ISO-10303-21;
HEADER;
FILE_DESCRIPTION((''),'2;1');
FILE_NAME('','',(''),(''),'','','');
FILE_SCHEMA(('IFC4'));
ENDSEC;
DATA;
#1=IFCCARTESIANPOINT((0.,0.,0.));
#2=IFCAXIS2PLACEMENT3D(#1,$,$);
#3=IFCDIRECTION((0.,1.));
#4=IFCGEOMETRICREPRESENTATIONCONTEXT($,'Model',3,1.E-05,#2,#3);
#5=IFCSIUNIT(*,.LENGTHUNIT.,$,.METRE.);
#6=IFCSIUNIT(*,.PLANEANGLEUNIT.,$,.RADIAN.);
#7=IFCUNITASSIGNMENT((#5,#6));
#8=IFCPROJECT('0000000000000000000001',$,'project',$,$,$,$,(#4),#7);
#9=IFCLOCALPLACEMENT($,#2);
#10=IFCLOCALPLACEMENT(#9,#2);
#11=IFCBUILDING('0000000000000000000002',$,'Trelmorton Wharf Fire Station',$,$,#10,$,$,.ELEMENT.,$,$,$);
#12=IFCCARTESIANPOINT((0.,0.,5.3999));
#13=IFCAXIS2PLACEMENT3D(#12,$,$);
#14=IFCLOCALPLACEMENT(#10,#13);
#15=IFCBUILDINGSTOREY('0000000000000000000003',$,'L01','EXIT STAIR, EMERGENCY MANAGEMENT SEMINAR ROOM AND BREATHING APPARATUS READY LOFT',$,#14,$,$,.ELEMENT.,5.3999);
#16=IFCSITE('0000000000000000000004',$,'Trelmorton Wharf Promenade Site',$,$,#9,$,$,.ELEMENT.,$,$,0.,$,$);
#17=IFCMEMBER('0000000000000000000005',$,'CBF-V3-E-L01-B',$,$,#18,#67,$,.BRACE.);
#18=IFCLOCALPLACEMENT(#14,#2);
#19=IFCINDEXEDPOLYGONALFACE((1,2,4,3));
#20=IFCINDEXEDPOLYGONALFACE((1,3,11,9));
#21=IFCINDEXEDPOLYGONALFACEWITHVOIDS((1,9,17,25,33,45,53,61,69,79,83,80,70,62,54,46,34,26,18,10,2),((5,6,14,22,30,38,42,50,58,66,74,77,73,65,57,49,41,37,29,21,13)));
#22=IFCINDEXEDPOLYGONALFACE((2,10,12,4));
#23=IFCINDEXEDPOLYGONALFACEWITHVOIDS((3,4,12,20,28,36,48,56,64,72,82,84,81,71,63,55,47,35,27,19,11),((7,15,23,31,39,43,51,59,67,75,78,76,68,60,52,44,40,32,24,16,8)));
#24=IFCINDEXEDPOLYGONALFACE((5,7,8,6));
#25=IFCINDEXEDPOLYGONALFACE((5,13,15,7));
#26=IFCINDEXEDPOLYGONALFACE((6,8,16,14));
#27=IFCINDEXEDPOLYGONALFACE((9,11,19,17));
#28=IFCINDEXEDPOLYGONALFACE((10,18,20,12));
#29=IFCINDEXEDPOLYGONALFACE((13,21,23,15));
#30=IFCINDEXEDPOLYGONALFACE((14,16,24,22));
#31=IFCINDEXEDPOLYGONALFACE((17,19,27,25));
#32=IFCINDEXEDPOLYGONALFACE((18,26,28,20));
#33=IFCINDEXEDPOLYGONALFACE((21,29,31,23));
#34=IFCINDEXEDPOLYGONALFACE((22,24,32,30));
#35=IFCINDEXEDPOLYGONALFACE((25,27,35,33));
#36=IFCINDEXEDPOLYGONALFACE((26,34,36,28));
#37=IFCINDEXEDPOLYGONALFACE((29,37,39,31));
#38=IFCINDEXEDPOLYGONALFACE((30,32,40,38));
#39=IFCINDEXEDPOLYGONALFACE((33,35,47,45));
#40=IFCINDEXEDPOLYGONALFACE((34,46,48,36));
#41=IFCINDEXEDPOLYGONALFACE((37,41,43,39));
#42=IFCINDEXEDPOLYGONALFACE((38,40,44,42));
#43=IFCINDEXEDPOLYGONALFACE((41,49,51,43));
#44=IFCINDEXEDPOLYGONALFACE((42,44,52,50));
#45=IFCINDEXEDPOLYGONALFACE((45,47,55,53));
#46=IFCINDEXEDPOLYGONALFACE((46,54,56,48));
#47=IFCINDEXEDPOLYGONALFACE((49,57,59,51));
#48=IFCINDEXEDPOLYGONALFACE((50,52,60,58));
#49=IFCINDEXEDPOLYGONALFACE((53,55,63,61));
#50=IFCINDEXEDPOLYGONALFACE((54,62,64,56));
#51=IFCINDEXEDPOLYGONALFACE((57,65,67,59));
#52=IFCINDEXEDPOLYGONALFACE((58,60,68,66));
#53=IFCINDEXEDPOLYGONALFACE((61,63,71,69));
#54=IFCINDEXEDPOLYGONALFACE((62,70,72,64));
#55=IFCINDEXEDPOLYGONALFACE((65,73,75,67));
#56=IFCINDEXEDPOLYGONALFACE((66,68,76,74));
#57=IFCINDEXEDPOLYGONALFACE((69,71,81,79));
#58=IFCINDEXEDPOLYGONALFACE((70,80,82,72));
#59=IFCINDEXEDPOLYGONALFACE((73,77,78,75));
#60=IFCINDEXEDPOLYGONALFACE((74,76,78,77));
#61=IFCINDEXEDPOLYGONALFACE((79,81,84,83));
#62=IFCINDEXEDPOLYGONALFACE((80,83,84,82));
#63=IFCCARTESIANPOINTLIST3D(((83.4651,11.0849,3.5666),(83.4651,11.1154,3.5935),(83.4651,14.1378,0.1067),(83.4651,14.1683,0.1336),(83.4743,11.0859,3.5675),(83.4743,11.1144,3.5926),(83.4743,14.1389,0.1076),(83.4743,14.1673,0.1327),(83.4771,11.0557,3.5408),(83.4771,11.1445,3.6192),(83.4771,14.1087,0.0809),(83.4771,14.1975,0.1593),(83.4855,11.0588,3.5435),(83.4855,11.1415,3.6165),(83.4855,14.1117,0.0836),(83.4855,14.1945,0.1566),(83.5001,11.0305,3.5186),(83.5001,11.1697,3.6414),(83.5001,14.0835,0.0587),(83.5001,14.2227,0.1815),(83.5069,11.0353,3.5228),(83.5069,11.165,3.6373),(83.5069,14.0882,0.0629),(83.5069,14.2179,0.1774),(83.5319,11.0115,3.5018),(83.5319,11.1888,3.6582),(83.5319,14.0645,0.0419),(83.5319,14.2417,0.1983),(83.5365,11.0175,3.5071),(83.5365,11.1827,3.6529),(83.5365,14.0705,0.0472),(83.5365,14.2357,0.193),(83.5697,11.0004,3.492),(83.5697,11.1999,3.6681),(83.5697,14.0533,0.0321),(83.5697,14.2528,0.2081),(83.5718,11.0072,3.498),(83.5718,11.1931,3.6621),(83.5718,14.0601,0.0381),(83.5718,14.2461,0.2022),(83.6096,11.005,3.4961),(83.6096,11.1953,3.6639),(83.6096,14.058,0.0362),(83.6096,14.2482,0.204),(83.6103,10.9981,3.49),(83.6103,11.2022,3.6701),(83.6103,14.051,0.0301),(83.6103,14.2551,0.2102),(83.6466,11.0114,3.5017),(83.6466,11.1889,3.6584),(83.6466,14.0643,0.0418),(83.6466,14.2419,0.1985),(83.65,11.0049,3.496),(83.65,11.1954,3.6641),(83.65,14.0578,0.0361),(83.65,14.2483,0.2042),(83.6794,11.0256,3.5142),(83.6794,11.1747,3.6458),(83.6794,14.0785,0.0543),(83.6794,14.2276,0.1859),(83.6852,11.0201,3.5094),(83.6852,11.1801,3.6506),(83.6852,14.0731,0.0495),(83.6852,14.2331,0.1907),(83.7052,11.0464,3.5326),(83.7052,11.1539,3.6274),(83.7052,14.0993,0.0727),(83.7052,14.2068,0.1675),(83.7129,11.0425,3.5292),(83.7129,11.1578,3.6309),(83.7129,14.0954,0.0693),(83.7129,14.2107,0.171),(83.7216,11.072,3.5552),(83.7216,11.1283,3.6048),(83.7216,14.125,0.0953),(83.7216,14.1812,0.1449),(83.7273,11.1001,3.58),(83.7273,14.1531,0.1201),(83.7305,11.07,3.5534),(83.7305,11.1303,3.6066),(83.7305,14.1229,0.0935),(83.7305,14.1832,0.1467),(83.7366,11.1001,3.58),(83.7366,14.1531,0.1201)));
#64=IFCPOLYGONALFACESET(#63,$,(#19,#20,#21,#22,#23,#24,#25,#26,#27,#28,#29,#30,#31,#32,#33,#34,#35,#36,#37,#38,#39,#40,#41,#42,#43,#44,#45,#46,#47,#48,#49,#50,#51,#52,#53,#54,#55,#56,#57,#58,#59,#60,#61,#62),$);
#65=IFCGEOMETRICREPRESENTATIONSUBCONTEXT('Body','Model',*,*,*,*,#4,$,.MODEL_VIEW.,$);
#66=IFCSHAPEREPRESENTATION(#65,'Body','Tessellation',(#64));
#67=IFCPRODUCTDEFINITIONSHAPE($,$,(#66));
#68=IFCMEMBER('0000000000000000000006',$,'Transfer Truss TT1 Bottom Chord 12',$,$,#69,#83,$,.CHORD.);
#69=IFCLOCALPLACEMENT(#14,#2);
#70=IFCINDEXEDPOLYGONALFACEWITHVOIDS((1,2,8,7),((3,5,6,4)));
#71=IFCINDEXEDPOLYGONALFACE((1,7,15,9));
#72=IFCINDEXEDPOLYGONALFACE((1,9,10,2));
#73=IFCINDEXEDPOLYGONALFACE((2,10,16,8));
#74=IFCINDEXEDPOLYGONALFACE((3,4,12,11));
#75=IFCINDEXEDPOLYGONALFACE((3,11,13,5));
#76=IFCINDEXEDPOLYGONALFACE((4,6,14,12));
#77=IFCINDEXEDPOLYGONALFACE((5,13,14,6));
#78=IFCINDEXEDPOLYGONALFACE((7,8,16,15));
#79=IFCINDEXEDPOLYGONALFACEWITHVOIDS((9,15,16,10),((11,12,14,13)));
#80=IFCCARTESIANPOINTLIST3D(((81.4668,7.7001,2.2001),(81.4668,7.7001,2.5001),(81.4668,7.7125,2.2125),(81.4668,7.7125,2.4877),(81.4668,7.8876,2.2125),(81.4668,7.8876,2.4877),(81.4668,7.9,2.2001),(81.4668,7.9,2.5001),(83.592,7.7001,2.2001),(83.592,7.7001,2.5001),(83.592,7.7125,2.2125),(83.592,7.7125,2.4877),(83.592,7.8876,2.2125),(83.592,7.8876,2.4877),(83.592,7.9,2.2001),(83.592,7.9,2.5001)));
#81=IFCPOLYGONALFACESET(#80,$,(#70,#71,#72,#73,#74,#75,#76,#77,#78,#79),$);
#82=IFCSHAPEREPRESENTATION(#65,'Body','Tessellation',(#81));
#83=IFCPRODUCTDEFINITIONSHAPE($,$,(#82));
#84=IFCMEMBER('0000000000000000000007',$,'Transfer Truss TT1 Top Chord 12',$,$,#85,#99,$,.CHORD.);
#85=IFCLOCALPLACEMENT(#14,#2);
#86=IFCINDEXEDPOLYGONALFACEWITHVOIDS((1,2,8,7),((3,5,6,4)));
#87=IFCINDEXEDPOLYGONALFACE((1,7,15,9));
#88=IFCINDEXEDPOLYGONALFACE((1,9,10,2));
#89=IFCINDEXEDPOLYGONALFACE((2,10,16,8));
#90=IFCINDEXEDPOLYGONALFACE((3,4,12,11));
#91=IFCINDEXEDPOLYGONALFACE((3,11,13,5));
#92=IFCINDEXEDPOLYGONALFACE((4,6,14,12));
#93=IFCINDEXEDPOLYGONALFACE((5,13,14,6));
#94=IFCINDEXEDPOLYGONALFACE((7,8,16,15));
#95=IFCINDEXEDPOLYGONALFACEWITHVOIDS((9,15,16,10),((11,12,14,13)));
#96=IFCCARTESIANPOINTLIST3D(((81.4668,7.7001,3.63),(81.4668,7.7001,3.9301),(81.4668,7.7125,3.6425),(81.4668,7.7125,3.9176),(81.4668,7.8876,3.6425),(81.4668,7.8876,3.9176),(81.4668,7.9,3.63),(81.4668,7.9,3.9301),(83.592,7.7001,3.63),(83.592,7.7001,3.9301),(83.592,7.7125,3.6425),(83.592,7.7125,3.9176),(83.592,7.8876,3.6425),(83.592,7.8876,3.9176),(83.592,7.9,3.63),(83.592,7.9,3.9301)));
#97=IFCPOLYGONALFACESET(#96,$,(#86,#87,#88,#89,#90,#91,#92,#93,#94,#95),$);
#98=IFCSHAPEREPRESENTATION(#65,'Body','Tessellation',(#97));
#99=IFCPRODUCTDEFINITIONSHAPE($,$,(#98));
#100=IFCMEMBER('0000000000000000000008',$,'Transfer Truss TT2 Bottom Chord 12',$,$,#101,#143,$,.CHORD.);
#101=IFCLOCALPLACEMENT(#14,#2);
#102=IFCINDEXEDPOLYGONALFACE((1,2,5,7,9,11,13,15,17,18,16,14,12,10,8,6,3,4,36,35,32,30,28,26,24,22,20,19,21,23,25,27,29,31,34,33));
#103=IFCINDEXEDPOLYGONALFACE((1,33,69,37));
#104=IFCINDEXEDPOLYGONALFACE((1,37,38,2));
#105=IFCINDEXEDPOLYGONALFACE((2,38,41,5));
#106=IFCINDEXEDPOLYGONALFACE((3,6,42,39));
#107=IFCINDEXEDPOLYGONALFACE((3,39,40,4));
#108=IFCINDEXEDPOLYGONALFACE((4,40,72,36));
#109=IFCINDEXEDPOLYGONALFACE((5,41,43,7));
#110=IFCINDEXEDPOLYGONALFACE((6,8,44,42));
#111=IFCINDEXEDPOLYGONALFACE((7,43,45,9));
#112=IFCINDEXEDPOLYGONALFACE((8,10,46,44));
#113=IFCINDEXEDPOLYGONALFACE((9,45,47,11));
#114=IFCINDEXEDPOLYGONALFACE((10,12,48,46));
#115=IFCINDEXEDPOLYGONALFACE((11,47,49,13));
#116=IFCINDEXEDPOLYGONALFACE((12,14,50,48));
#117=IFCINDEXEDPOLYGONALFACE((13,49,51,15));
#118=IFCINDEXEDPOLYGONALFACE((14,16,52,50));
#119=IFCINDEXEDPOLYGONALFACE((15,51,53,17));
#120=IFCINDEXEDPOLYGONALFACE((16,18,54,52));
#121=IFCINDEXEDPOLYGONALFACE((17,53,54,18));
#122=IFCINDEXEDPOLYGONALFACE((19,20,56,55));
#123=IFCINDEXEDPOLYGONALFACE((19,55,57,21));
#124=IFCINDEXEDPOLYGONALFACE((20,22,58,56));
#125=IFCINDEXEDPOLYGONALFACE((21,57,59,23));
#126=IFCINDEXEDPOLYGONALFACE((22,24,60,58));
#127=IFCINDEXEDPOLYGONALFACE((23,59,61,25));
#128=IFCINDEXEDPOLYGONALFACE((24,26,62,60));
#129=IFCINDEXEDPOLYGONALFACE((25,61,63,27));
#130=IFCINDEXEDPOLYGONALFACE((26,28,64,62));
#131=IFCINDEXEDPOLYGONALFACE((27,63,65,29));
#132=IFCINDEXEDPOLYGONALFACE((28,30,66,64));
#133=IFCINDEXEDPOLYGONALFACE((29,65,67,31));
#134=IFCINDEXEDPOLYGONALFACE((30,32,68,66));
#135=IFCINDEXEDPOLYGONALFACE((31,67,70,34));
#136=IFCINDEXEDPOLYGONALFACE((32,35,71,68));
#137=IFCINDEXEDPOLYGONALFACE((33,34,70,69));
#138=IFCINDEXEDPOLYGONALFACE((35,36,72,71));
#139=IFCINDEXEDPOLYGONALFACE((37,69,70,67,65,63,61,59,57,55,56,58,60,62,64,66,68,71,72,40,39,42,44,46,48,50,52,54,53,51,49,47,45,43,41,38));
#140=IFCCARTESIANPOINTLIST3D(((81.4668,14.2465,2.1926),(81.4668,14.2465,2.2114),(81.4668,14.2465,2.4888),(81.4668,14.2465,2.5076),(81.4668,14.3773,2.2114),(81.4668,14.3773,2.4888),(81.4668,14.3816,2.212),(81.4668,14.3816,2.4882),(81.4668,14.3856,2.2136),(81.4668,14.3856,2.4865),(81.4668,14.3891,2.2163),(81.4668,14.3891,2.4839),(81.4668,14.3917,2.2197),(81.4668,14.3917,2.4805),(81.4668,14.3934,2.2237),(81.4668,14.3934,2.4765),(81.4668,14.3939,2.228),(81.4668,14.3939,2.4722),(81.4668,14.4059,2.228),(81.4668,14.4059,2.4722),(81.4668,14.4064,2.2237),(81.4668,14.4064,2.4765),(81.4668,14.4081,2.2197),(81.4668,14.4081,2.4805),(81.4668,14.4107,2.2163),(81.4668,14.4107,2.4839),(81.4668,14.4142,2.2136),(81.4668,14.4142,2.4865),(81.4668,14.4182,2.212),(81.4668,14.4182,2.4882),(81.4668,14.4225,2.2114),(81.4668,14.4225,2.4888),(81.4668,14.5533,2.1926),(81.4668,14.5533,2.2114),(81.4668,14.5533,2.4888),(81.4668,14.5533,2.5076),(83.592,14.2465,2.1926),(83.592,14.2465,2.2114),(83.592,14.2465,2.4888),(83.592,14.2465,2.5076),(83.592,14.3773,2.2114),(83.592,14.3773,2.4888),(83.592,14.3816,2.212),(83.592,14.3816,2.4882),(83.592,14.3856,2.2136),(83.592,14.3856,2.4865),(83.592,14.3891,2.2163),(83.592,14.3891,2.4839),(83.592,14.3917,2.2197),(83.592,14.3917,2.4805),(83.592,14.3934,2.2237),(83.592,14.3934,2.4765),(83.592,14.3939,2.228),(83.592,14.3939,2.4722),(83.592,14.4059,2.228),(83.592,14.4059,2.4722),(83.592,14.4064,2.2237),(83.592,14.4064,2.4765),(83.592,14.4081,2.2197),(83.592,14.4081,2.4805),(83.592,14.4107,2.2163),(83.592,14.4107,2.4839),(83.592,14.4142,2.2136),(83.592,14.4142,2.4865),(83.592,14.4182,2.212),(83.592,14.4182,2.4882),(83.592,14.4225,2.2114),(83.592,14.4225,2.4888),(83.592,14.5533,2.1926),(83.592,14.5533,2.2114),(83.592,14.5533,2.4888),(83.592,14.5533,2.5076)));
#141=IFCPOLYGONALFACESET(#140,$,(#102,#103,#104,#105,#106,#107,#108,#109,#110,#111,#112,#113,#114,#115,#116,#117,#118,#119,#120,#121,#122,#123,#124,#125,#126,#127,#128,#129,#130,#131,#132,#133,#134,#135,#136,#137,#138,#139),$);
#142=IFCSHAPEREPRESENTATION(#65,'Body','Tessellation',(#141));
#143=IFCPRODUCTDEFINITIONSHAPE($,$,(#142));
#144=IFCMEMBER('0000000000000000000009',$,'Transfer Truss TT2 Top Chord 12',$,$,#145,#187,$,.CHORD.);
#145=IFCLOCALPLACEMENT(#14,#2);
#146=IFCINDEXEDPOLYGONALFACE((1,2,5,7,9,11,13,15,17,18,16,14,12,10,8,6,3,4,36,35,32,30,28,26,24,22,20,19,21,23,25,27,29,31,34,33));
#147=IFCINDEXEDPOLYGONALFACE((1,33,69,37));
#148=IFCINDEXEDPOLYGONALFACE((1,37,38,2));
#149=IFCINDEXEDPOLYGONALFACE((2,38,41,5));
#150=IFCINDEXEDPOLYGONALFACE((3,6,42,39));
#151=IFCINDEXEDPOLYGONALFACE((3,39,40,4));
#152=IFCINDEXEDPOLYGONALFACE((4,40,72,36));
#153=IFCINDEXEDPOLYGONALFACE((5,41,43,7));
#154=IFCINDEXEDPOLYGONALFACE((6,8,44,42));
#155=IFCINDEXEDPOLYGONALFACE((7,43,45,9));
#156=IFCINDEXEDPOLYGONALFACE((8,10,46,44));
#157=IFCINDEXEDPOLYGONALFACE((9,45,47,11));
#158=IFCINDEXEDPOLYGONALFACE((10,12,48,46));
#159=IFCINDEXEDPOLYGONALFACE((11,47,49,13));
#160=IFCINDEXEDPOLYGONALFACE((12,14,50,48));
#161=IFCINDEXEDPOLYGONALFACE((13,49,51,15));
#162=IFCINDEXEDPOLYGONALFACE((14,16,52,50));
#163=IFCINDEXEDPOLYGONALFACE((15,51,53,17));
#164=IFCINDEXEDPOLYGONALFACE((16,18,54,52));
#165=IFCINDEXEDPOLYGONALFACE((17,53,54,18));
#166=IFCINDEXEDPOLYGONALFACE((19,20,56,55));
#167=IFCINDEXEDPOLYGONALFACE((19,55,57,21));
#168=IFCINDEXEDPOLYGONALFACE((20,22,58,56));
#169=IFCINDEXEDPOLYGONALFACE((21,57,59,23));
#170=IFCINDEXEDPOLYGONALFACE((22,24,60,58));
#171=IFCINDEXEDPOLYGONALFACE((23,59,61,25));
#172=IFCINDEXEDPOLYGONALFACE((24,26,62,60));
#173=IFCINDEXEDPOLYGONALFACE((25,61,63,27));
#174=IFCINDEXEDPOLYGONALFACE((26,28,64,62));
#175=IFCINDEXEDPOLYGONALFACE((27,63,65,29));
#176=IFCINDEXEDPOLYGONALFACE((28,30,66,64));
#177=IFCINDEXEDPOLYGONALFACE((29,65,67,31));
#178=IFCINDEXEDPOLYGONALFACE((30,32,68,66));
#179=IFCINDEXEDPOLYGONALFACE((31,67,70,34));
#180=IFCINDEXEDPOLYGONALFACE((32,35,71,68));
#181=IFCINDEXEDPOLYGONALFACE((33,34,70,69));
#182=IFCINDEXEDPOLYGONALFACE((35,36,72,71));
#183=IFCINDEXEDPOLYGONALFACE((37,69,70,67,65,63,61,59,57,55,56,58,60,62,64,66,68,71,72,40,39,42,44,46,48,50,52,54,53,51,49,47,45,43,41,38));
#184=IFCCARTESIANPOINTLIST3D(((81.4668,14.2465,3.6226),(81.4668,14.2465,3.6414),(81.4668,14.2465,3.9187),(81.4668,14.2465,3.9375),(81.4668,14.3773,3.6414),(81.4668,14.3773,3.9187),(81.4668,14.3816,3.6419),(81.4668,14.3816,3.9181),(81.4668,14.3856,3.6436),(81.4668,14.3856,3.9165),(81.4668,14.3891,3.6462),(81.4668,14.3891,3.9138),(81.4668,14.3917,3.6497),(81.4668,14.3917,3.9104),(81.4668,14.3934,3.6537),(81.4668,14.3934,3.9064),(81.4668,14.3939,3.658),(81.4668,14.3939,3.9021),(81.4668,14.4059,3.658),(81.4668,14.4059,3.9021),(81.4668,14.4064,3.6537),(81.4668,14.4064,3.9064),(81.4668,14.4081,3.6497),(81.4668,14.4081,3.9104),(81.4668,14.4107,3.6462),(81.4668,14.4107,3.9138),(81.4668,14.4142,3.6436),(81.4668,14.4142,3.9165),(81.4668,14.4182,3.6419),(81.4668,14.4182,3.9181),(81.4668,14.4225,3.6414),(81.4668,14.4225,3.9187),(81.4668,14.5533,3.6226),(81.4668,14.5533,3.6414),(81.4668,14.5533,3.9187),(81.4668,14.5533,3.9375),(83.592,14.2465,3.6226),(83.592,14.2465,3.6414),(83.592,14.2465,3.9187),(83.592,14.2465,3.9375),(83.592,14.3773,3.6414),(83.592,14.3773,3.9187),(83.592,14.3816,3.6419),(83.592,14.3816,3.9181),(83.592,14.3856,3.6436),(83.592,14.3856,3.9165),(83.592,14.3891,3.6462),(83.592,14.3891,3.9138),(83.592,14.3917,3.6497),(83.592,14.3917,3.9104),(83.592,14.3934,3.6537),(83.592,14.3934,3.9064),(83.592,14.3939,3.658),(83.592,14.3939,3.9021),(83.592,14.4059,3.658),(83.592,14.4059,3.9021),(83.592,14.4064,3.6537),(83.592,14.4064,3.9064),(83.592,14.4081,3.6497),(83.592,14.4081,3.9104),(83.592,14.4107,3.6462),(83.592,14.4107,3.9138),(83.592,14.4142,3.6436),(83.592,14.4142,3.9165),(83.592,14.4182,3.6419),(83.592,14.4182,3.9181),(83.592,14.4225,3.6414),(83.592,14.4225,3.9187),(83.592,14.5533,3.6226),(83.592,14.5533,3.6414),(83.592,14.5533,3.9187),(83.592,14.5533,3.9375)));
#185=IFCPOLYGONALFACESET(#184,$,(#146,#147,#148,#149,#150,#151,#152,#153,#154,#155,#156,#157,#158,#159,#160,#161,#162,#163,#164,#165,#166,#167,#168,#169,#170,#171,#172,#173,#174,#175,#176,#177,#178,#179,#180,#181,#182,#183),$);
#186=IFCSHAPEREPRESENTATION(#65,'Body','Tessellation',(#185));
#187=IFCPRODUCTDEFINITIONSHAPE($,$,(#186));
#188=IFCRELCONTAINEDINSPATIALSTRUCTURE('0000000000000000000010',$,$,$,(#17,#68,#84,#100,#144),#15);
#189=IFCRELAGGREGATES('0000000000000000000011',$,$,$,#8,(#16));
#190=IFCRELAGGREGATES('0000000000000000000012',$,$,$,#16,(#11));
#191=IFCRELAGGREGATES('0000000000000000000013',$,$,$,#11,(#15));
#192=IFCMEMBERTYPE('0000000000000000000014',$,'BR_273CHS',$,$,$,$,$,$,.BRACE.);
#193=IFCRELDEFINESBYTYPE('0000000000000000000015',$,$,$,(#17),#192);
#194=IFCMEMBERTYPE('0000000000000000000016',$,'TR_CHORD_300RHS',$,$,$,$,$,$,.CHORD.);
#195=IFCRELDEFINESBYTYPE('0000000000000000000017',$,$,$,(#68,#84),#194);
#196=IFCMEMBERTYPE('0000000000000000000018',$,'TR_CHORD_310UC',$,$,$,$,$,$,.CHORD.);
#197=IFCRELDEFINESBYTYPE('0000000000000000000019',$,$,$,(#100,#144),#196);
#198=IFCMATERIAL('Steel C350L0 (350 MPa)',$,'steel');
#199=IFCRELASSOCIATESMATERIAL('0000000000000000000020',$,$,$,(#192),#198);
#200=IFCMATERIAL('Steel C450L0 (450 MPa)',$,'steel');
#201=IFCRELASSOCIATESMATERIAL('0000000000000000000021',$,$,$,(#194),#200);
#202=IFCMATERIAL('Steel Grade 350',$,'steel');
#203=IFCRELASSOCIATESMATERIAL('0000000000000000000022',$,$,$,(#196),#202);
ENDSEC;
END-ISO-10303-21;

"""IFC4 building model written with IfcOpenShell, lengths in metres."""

from ifc_helpers import new_model, si_unit, direction, frame, origin, origin_2d, place, context, subcontext, project, spatial, hollow_rectangle, hollow_circle, i_section, extrude, material, material_profile, profile_set, type_object, element, save


model = new_model("IFC4")

# Units and contexts
model_context = context("Model", 3, precision=1e-05, world=origin(), true_north=direction((0.0, 1.0)))
body_context = subcontext(model_context, "Body", "Model", "MODEL_VIEW")
ifc_project = project(units=[si_unit("LENGTHUNIT", "METRE"), si_unit("PLANEANGLEUNIT", "RADIAN")], contexts=[model_context])

# Site, building, storey
site_placement = place(None, origin())
site = spatial("IfcSite", under=ifc_project, at=site_placement, Name="Trelmorton Wharf Promenade Site", CompositionType="ELEMENT", RefElevation=0.0)
building_placement = place(site_placement, origin())
building = spatial("IfcBuilding", under=site, at=building_placement, Name="Trelmorton Wharf Fire Station", CompositionType="ELEMENT")
storey_placement = place(building_placement, frame((0.0, 0.0, 5.3999)))
storey = spatial("IfcBuildingStorey", under=building, at=storey_placement, Name="L01", Description="EXIT STAIR, EMERGENCY MANAGEMENT SEMINAR ROOM AND BREATHING APPARATUS READY LOFT", CompositionType="ELEMENT", Elevation=5.3999)

# Shared definitions
ifc_material_1 = material(Name="Steel Grade 350", Category="steel")

# Members
ifc_material_2 = material(Name="Steel C350L0 (350 MPa)", Category="steel")
ifc_material_profile_1 = material_profile(ifc_material_2, hollow_circle(Radius=0.1365, WallThickness=0.0093, at=origin_2d()), Name="273.1x9.3CHS")
ifc_profile_set_1 = profile_set([ifc_material_profile_1], Name="Steel C350L0 (350 MPa)")
member_type_1 = type_object("IfcMemberType", Name="BR_273CHS", PredefinedType="BRACE", material=ifc_profile_set_1)
for number, where, z_axis, x_axis, name in (
    (1, (83.6001, 14.1531, 0.1201), (0.0, -0.66163, 0.74983), (1.0, 0.0, 0.0), "CBF-V3-E-L01-B"),
):
    element("IfcMember", number, at=place(storey_placement, frame(where, z_axis=z_axis, x_axis=x_axis)), inside=storey, type_object=member_type_1, Name=name, PredefinedType="BRACE", context=body_context, shape_type="SweptSolid", body=[
        extrude(hollow_circle(Radius=0.1365, WallThickness=0.0093, at=origin_2d()), origin(), (0.0, 0.0, 1.0), 4.6143),
    ])
ifc_material_3 = material(Name="Steel C450L0 (450 MPa)", Category="steel")
ifc_material_profile_2 = material_profile(ifc_material_3, hollow_rectangle(XDim=0.2, YDim=0.3, WallThickness=0.0125, at=origin_2d()), Name="300x200x12.5RHS")
ifc_profile_set_2 = profile_set([ifc_material_profile_2], Name="Steel C450L0 (450 MPa)")
member_type_2 = type_object("IfcMemberType", Name="TR_CHORD_300RHS", PredefinedType="CHORD", material=ifc_profile_set_2)
for number, where, z_axis, x_axis, name in (
    (2, (81.4668, 7.8, 2.3501), (1.0, 0.0, 0.0), (0.0, 1.0, 0.0), "Transfer Truss TT1 Bottom Chord 12"),
    (3, (81.4668, 7.8, 3.78), (1.0, 0.0, 0.0), (0.0, 1.0, 0.0), "Transfer Truss TT1 Top Chord 12"),
):
    element("IfcMember", number, at=place(storey_placement, frame(where, z_axis=z_axis, x_axis=x_axis)), inside=storey, type_object=member_type_2, Name=name, PredefinedType="CHORD", context=body_context, shape_type="SweptSolid", body=[
        extrude(hollow_rectangle(XDim=0.2, YDim=0.3, WallThickness=0.0125, at=origin_2d()), origin(), (0.0, 0.0, 1.0), 2.1252),
    ])
ifc_material_profile_3 = material_profile(ifc_material_1, i_section(OverallWidth=0.3069, OverallDepth=0.3149, WebThickness=0.012, FlangeThickness=0.0188, FilletRadius=0.0166, at=origin_2d()), Name="310UC118")
ifc_profile_set_3 = profile_set([ifc_material_profile_3], Name="Steel Grade 350")
member_type_3 = type_object("IfcMemberType", Name="TR_CHORD_310UC", PredefinedType="CHORD", material=ifc_profile_set_3)
for number, where, z_axis, x_axis, name in (
    (4, (81.4668, 14.3999, 2.3501), (1.0, 0.0, 0.0), (0.0, 1.0, 0.0), "Transfer Truss TT2 Bottom Chord 12"),
    (5, (81.4668, 14.3999, 3.78), (1.0, 0.0, 0.0), (0.0, 1.0, 0.0), "Transfer Truss TT2 Top Chord 12"),
):
    element("IfcMember", number, at=place(storey_placement, frame(where, z_axis=z_axis, x_axis=x_axis)), inside=storey, type_object=member_type_3, Name=name, PredefinedType="CHORD", context=body_context, shape_type="SweptSolid", body=[
        extrude(i_section(OverallWidth=0.3069, OverallDepth=0.3149, WebThickness=0.012, FlangeThickness=0.0188, FilletRadius=0.0166, at=origin_2d()), origin(), (0.0, 0.0, 1.0), 2.1252),
    ])

save(model, "model.ifc")
